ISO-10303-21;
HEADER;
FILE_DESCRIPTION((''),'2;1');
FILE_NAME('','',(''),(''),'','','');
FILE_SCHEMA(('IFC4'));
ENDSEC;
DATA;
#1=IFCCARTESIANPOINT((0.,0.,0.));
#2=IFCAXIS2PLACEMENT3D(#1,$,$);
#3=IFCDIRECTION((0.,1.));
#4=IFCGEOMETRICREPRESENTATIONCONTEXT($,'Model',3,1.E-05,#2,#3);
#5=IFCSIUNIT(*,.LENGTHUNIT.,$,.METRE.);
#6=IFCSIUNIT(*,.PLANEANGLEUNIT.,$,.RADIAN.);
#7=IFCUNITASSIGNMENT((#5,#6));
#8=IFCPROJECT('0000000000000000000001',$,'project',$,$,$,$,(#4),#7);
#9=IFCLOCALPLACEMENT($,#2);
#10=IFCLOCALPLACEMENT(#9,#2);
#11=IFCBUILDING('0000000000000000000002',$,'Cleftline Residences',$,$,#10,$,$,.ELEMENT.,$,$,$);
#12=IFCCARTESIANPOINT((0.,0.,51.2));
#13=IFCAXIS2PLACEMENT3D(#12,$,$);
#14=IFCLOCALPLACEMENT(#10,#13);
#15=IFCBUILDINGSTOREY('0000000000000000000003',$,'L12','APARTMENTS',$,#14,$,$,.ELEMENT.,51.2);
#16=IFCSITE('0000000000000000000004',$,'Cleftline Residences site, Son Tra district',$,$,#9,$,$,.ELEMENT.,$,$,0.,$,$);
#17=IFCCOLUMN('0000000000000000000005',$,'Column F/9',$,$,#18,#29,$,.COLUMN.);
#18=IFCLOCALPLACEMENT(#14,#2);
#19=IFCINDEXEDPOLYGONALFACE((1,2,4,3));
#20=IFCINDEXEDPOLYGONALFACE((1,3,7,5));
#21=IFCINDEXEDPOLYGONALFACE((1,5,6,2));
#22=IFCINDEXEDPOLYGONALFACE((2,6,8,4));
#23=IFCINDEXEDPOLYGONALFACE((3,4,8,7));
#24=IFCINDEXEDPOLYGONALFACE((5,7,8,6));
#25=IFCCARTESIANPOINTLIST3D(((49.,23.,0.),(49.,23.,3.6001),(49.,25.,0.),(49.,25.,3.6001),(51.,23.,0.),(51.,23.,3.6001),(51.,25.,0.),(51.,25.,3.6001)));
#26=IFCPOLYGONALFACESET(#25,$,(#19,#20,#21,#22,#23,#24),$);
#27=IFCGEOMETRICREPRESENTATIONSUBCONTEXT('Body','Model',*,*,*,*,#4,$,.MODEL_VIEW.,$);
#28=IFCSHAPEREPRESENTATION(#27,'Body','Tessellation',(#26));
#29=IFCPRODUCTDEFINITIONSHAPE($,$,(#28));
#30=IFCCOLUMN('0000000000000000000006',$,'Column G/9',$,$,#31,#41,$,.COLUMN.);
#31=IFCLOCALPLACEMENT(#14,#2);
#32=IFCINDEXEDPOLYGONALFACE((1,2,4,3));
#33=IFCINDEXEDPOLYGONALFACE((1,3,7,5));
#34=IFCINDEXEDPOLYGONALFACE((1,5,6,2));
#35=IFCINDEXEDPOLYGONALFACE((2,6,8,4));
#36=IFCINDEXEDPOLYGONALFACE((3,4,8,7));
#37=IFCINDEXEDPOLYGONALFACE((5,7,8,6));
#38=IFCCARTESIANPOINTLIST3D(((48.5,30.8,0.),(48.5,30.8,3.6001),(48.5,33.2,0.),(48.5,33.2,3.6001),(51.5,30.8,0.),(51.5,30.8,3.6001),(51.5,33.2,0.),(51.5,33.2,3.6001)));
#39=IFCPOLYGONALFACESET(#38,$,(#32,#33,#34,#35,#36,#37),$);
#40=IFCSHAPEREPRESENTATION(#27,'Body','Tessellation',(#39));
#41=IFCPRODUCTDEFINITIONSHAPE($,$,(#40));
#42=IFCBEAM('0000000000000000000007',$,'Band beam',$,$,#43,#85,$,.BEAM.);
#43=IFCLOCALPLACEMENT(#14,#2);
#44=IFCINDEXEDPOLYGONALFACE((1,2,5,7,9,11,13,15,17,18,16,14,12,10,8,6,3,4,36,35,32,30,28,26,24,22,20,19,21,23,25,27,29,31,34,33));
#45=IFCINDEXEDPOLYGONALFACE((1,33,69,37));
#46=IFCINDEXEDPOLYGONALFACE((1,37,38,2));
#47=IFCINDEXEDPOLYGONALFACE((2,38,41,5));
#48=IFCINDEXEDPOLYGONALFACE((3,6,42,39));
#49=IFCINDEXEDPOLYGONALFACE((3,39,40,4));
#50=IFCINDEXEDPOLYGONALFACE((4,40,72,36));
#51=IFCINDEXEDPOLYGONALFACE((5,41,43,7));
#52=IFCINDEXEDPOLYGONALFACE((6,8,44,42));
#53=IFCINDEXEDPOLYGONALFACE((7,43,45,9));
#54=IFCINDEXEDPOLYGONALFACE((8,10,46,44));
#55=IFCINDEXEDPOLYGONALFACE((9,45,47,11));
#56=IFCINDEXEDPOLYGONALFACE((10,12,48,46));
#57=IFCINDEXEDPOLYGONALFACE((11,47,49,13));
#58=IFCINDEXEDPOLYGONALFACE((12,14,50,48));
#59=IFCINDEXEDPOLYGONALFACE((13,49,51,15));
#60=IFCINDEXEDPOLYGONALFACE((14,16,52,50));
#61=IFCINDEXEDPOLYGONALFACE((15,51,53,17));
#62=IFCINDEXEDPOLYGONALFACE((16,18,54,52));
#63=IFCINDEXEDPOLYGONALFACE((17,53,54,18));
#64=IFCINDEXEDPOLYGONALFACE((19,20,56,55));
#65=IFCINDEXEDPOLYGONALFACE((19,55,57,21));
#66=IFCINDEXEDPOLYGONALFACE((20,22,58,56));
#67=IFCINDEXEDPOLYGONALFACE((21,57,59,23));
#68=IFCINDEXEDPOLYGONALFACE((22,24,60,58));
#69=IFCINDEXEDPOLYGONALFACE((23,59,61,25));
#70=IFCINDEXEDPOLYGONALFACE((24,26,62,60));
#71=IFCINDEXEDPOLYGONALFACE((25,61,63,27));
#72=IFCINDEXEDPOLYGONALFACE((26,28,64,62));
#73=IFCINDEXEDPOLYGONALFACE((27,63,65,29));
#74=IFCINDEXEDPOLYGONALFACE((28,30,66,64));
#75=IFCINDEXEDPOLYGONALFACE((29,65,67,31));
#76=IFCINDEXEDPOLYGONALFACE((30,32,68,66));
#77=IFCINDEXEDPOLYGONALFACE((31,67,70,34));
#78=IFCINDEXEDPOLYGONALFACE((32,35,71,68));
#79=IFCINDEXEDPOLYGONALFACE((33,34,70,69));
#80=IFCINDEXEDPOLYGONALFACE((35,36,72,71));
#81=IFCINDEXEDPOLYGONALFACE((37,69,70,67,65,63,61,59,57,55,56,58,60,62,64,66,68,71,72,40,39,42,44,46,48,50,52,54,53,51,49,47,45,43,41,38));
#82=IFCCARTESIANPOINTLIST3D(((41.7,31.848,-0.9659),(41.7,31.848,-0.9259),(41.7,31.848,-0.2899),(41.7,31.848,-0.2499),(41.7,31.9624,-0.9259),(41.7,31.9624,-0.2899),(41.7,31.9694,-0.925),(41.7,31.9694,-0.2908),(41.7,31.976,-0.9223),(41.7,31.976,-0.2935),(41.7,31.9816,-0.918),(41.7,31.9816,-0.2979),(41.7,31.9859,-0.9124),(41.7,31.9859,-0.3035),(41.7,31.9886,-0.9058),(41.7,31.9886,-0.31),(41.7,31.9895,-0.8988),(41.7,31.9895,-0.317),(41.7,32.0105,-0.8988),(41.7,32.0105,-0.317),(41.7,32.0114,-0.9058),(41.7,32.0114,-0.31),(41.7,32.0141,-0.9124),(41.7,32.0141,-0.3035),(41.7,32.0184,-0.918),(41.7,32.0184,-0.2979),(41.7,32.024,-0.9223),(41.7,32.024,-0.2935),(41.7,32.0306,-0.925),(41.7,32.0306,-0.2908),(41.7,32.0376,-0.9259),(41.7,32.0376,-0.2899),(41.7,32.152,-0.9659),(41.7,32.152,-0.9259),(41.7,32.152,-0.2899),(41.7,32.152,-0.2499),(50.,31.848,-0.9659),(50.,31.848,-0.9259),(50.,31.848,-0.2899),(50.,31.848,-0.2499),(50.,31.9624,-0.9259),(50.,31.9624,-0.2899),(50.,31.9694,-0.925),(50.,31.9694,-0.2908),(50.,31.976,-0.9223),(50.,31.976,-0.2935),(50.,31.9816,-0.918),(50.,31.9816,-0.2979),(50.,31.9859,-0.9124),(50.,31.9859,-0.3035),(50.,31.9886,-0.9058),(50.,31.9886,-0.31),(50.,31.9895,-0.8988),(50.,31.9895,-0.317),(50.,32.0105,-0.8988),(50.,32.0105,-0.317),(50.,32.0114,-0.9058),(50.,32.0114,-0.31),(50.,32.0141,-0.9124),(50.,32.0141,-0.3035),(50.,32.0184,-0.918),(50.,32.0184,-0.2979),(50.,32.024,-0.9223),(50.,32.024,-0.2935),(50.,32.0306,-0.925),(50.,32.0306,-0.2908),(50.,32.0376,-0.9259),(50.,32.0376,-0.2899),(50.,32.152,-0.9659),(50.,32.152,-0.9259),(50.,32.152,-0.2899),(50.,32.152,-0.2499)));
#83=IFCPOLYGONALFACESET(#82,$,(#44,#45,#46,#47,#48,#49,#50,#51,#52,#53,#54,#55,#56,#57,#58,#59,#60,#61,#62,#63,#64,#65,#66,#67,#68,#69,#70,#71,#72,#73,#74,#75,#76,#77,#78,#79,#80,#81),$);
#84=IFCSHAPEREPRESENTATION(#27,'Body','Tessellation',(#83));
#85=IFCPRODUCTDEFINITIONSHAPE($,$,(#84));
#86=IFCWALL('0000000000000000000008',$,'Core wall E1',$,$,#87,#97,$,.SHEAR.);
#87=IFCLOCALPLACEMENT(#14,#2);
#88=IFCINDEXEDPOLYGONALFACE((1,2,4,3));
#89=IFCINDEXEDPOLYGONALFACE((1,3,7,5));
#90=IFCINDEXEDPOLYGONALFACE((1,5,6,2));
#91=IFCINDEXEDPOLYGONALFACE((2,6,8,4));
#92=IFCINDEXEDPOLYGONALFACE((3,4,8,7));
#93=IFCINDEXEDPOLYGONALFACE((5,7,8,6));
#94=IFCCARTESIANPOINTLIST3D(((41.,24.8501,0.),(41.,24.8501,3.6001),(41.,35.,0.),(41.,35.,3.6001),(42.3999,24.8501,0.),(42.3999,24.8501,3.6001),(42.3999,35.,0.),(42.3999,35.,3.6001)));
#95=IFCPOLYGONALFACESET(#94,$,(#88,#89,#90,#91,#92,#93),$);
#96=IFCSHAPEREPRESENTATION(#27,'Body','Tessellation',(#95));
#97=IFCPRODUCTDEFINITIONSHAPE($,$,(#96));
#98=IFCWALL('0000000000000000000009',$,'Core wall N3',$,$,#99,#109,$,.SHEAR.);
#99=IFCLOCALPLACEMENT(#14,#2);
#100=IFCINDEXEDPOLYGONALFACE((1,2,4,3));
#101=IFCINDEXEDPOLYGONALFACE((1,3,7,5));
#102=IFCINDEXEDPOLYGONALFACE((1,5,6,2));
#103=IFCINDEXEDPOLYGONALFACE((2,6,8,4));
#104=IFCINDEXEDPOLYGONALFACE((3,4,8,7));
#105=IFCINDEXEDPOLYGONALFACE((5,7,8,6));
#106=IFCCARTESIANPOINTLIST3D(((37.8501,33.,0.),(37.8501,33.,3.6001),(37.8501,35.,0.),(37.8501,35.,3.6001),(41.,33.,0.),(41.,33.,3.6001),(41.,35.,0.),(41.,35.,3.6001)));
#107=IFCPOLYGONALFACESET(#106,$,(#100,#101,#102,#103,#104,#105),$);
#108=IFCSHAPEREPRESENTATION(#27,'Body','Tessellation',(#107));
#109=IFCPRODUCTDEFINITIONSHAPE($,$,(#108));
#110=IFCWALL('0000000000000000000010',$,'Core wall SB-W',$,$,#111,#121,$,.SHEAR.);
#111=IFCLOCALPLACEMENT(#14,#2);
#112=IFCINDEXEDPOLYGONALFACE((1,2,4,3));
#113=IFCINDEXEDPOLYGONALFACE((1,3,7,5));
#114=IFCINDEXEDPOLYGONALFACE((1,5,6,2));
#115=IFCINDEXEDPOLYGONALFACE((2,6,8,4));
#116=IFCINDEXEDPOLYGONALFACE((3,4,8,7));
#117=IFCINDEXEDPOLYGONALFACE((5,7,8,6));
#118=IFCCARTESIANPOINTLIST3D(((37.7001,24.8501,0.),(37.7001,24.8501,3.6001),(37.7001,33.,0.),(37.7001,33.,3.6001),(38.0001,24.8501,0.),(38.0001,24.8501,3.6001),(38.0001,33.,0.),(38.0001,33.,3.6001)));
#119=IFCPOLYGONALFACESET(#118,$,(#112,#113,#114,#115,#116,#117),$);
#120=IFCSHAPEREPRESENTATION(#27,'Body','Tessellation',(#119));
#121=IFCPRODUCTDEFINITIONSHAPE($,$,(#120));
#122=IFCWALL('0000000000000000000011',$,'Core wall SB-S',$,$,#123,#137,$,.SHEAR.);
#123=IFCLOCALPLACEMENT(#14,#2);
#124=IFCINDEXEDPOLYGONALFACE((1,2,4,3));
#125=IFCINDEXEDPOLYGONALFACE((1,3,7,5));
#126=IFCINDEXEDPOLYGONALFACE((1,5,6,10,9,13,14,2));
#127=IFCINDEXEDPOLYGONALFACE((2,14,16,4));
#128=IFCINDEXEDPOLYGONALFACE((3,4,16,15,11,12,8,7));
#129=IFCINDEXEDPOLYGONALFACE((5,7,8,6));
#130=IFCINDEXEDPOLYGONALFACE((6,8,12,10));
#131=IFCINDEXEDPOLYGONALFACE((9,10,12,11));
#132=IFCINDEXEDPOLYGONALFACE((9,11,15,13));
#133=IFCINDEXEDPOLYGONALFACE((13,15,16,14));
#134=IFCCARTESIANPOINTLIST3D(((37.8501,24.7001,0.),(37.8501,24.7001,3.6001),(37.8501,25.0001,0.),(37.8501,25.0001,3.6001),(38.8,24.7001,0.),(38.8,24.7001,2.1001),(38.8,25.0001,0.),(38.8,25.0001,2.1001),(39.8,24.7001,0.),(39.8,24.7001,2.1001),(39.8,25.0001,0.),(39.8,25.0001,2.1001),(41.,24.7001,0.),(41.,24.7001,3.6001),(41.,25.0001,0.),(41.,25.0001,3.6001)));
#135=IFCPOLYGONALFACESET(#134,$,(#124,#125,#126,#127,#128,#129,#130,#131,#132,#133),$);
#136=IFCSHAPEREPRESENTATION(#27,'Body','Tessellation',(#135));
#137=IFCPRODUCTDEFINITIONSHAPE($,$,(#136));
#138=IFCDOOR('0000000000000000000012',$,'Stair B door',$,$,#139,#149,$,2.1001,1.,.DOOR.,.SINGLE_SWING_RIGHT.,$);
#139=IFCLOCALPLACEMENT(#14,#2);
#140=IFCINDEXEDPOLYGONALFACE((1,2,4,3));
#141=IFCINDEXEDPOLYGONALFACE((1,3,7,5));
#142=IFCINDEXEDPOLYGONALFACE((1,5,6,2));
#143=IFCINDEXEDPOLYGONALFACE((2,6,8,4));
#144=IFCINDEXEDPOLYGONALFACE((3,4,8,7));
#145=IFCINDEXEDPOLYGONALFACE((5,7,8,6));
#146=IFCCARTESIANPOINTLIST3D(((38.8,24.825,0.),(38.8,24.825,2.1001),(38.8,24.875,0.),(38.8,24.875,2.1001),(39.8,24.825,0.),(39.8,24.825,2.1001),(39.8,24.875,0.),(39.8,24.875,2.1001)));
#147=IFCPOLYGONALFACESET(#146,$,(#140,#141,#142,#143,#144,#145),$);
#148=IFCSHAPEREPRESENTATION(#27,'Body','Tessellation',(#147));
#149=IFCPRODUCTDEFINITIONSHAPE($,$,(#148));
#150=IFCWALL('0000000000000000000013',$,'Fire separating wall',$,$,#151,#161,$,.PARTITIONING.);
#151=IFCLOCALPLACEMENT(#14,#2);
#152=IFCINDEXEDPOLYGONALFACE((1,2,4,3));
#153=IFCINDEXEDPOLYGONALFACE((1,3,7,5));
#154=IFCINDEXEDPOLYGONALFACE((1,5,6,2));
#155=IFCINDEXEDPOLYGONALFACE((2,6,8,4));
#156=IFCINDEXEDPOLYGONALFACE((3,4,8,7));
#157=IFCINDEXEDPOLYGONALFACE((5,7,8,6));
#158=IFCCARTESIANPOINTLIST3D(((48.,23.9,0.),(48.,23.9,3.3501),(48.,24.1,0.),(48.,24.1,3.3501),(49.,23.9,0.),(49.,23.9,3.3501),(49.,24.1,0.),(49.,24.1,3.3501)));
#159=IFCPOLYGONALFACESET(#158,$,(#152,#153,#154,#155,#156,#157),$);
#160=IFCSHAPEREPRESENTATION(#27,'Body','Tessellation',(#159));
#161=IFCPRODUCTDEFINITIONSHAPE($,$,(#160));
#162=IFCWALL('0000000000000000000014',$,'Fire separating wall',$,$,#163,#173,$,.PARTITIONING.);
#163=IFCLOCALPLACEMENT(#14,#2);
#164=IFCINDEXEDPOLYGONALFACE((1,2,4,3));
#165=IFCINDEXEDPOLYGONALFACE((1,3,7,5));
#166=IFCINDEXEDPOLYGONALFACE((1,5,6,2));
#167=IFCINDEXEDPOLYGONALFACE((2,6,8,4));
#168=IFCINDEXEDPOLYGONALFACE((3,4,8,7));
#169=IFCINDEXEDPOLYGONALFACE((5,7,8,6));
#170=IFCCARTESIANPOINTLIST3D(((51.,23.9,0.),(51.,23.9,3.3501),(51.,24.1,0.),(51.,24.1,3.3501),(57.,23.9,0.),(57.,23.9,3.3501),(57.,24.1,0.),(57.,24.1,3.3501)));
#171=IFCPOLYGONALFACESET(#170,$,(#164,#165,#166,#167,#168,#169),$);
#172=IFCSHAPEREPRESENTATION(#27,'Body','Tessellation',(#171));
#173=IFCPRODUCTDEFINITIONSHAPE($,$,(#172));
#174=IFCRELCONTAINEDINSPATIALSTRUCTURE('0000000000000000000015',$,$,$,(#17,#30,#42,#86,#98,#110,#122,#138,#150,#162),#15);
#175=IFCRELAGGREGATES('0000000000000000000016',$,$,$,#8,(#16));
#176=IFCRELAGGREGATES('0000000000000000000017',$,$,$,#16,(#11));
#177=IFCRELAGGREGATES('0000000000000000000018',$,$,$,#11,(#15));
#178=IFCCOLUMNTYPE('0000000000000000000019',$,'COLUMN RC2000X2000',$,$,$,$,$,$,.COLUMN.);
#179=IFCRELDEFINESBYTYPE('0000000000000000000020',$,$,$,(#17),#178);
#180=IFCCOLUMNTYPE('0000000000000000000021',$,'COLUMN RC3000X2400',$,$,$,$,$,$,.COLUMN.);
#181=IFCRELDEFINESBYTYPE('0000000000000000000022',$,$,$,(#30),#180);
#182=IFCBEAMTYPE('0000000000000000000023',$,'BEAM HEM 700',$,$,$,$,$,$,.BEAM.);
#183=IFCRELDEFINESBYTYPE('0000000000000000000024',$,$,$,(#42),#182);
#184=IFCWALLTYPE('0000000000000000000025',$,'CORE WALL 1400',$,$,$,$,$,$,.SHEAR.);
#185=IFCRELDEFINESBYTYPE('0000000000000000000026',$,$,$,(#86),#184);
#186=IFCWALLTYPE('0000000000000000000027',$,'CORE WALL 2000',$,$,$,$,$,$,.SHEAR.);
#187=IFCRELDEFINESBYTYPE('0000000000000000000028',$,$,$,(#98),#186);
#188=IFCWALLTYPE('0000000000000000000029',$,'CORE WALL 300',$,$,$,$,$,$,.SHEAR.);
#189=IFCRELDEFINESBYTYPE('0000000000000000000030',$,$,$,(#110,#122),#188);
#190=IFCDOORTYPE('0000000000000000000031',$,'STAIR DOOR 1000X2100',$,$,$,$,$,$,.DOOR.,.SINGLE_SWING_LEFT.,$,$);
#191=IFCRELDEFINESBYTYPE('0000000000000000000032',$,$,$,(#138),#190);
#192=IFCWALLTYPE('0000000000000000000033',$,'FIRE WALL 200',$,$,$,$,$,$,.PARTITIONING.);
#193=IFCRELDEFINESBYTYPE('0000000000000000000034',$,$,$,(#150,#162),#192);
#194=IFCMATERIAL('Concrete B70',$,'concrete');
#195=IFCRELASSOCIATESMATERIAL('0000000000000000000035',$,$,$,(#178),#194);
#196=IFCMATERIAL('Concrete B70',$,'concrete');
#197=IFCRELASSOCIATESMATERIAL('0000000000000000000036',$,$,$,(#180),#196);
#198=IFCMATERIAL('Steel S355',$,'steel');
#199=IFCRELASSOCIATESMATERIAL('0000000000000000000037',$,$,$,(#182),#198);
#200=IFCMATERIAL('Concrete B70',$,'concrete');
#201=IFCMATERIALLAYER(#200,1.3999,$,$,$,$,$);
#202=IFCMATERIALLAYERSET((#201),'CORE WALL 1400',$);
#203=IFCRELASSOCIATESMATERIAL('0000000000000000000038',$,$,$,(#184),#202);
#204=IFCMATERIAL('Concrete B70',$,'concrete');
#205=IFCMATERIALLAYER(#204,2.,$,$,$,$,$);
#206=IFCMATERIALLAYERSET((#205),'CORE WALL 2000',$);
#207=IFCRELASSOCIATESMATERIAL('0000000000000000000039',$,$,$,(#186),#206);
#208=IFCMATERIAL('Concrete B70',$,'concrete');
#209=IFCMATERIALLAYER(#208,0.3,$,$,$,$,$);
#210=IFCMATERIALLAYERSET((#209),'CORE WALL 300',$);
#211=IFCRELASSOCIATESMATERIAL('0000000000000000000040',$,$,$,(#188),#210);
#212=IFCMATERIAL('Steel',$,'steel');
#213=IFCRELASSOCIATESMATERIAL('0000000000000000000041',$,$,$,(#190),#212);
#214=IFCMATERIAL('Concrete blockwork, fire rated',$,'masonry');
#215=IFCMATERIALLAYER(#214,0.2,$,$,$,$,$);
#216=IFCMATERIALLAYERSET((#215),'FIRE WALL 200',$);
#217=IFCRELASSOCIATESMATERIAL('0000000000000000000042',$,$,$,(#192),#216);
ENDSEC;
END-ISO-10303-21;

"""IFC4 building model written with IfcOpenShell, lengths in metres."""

from ifc_helpers import new_model, si_unit, direction, frame, frame_2d, origin, origin_2d, place, context, subcontext, project, spatial, rectangle, i_section, extrude, material, layer, layer_set, material_profile, profile_set, type_object, element, fill, save


model = new_model("IFC4")

# Units and contexts
model_context = context("Model", 3, precision=1e-05, world=origin(), true_north=direction((0.0, 1.0)))
body_context = subcontext(model_context, "Body", "Model", "MODEL_VIEW")
ifc_project = project(units=[si_unit("LENGTHUNIT", "METRE"), si_unit("PLANEANGLEUNIT", "RADIAN")], contexts=[model_context])

# Site, building, storey
site_placement = place(None, origin())
site = spatial("IfcSite", under=ifc_project, at=site_placement, Name="Cleftline Residences site, Son Tra district", CompositionType="ELEMENT", RefElevation=0.0)
building_placement = place(site_placement, origin())
building = spatial("IfcBuilding", under=site, at=building_placement, Name="Cleftline Residences", CompositionType="ELEMENT")
storey_placement = place(building_placement, frame((0.0, 0.0, 51.2)))
storey = spatial("IfcBuildingStorey", under=building, at=storey_placement, Name="L12", Description="APARTMENTS", CompositionType="ELEMENT", Elevation=51.2)

# Columns
ifc_material_1 = material(Name="Concrete B70", Category="concrete")
ifc_material_profile_1 = material_profile(ifc_material_1, rectangle(XDim=2.0, YDim=2.0, at=origin_2d()))
ifc_profile_set_1 = profile_set([ifc_material_profile_1], Name="Concrete B70")
column_type_1 = type_object("IfcColumnType", Name="COLUMN RC2000X2000", PredefinedType="COLUMN", material=ifc_profile_set_1)
column_1_placement = place(storey_placement, frame((50.0, 24.0, 0.0), z_axis=(0.0, 0.0, 1.0), x_axis=(1.0, 0.0, 0.0)))
element("IfcColumn", 1, at=column_1_placement, inside=storey, type_object=column_type_1, Name="Column F/9", PredefinedType="COLUMN", context=body_context, shape_type="SweptSolid", body=[
    extrude(rectangle(XDim=2.0, YDim=2.0, at=origin_2d()), origin(), (0.0, 0.0, 1.0), 3.6001),
])
ifc_material_2 = material(Name="Concrete B70", Category="concrete")
ifc_material_profile_2 = material_profile(ifc_material_2, rectangle(XDim=3.0, YDim=2.3999, at=origin_2d()))
ifc_profile_set_2 = profile_set([ifc_material_profile_2], Name="Concrete B70")
column_type_2 = type_object("IfcColumnType", Name="COLUMN RC3000X2400", PredefinedType="COLUMN", material=ifc_profile_set_2)
column_2_placement = place(storey_placement, frame((50.0, 32.0, 0.0), z_axis=(0.0, 0.0, 1.0), x_axis=(1.0, 0.0, 0.0)))
element("IfcColumn", 2, at=column_2_placement, inside=storey, type_object=column_type_2, Name="Column G/9", PredefinedType="COLUMN", context=body_context, shape_type="SweptSolid", body=[
    extrude(rectangle(XDim=3.0, YDim=2.3999, at=origin_2d()), origin(), (0.0, 0.0, 1.0), 3.6001),
])

# Beam
ifc_material_3 = material(Name="Steel S355", Category="steel")
ifc_material_profile_3 = material_profile(ifc_material_3, i_section(OverallWidth=0.304, OverallDepth=0.7161, WebThickness=0.021, FlangeThickness=0.04, FilletRadius=0.0271, at=origin_2d()))
ifc_profile_set_3 = profile_set([ifc_material_profile_3], Name="Steel S355")
beam_type = type_object("IfcBeamType", Name="BEAM HEM 700", PredefinedType="BEAM", material=ifc_profile_set_3)
beam_placement = place(storey_placement, frame((50.0, 32.0, -0.6079), z_axis=(-1.0, 0.0, 0.0), x_axis=(0.0, -1.0, 0.0)))
element("IfcBeam", 3, at=beam_placement, inside=storey, type_object=beam_type, Name="Band beam", PredefinedType="BEAM", context=body_context, shape_type="SweptSolid", body=[
    extrude(i_section(OverallWidth=0.304, OverallDepth=0.7161, WebThickness=0.021, FlangeThickness=0.04, FilletRadius=0.0271, at=origin_2d()), origin(), (0.0, 0.0, 1.0), 8.3),
])

# Walls
ifc_material_4 = material(Name="Concrete B70", Category="concrete")
ifc_layer_1 = layer(ifc_material_4, 1.3999)
ifc_layer_set_1 = layer_set([ifc_layer_1], Name="CORE WALL 1400")
wall_type_1 = type_object("IfcWallType", Name="CORE WALL 1400", PredefinedType="SHEAR", material=ifc_layer_set_1)
wall_1_placement = place(storey_placement, frame((41.7, 24.8501, 0.0), z_axis=(0.0, 0.0, 1.0), x_axis=(0.0, 1.0, 0.0)))
element("IfcWall", 4, at=wall_1_placement, inside=storey, type_object=wall_type_1, Name="Core wall E1", PredefinedType="SHEAR", context=body_context, shape_type="SweptSolid", body=[
    extrude(rectangle(XDim=10.1499, YDim=1.3999, at=frame_2d((5.075, 0.0))), origin(), (0.0, 0.0, 1.0), 3.6001),
])
ifc_material_5 = material(Name="Concrete B70", Category="concrete")
ifc_layer_2 = layer(ifc_material_5, 2.0)
ifc_layer_set_2 = layer_set([ifc_layer_2], Name="CORE WALL 2000")
wall_type_2 = type_object("IfcWallType", Name="CORE WALL 2000", PredefinedType="SHEAR", material=ifc_layer_set_2)
wall_2_placement = place(storey_placement, frame((37.8501, 34.0, 0.0), z_axis=(0.0, 0.0, 1.0), x_axis=(1.0, 0.0, 0.0)))
element("IfcWall", 5, at=wall_2_placement, inside=storey, type_object=wall_type_2, Name="Core wall N3", PredefinedType="SHEAR", context=body_context, shape_type="SweptSolid", body=[
    extrude(rectangle(XDim=3.1499, YDim=2.0, at=frame_2d((1.575, 0.0))), origin(), (0.0, 0.0, 1.0), 3.6001),
])
ifc_material_6 = material(Name="Concrete B70", Category="concrete")
ifc_layer_3 = layer(ifc_material_6, 0.3)
ifc_layer_set_3 = layer_set([ifc_layer_3], Name="CORE WALL 300")
wall_type_3 = type_object("IfcWallType", Name="CORE WALL 300", PredefinedType="SHEAR", material=ifc_layer_set_3)
wall_3_placement = place(storey_placement, frame((37.8501, 24.8501, 0.0), z_axis=(0.0, 0.0, 1.0), x_axis=(0.0, 1.0, 0.0)))
element("IfcWall", 6, at=wall_3_placement, inside=storey, type_object=wall_type_3, Name="Core wall SB-W", PredefinedType="SHEAR", context=body_context, shape_type="SweptSolid", body=[
    extrude(rectangle(XDim=8.1499, YDim=0.3, at=frame_2d((4.075, 0.0))), origin(), (0.0, 0.0, 1.0), 3.6001),
])

# Wall, opening, door
wall_4_placement = place(storey_placement, frame((37.8501, 24.8501, 0.0), z_axis=(0.0, 0.0, 1.0), x_axis=(1.0, 0.0, 0.0)))
wall_4 = element("IfcWall", 7, at=wall_4_placement, inside=storey, type_object=wall_type_3, Name="Core wall SB-S", PredefinedType="SHEAR", context=body_context, shape_type="SweptSolid", body=[
    extrude(rectangle(XDim=3.1499, YDim=0.3, at=frame_2d((1.575, 0.0))), origin(), (0.0, 0.0, 1.0), 3.6001),
])
opening_1_placement = place(wall_4_placement, frame((0.95, 0.0, 0.0)))
opening_1 = element("IfcOpeningElement", 8, at=opening_1_placement, cuts=wall_4, PredefinedType="OPENING", context=body_context, shape_type="SweptSolid", body=[
    extrude(rectangle(XDim=1.0, YDim=2.1001, at=frame_2d((0.5, 1.05))), frame((0.0, 0.1599, 0.0), z_axis=(0.0, -1.0, 0.0), x_axis=(1.0, 0.0, 0.0)), (0.0, 0.0, 1.0), 0.3201),
])
ifc_material_7 = material(Name="Steel", Category="steel")
door_type_1 = type_object("IfcDoorType", Name="STAIR DOOR 1000X2100", OperationType="SINGLE_SWING_LEFT", PredefinedType="DOOR", material=ifc_material_7)
door_1_placement = place(opening_1_placement, origin())
door_1 = element("IfcDoor", 9, at=door_1_placement, inside=storey, type_object=door_type_1, Name="Stair B door", OperationType="SINGLE_SWING_RIGHT", OverallHeight=2.1001, OverallWidth=1.0, PredefinedType="DOOR", context=body_context, shape_type="SweptSolid", body=[
    extrude(rectangle(XDim=1.0, YDim=2.1001, at=frame_2d((0.5, 1.05))), frame((0.0, 0.0249, 0.0), z_axis=(0.0, -1.0, 0.0), x_axis=(1.0, 0.0, 0.0)), (0.0, 0.0, 1.0), 0.05),
])
fill(opening_1, door_1)

# Walls
ifc_material_8 = material(Name="Concrete blockwork, fire rated", Category="masonry")
ifc_layer_4 = layer(ifc_material_8, 0.2)
ifc_layer_set_4 = layer_set([ifc_layer_4], Name="FIRE WALL 200")
wall_type_4 = type_object("IfcWallType", Name="FIRE WALL 200", PredefinedType="PARTITIONING", material=ifc_layer_set_4)
wall_5_placement = place(storey_placement, frame((48.0, 24.0, 0.0), z_axis=(0.0, 0.0, 1.0), x_axis=(1.0, 0.0, 0.0)))
element("IfcWall", 10, at=wall_5_placement, inside=storey, type_object=wall_type_4, Name="Fire separating wall", PredefinedType="PARTITIONING", context=body_context, shape_type="SweptSolid", body=[
    extrude(rectangle(XDim=1.0, YDim=0.2, at=frame_2d((0.5, 0.0))), origin(), (0.0, 0.0, 1.0), 3.3501),
])
wall_6_placement = place(storey_placement, frame((51.0, 24.0, 0.0), z_axis=(0.0, 0.0, 1.0), x_axis=(1.0, 0.0, 0.0)))
element("IfcWall", 11, at=wall_6_placement, inside=storey, type_object=wall_type_4, Name="Fire separating wall", PredefinedType="PARTITIONING", context=body_context, shape_type="SweptSolid", body=[
    extrude(rectangle(XDim=6.0, YDim=0.2, at=frame_2d((3.0, 0.0))), origin(), (0.0, 0.0, 1.0), 3.3501),
])

save(model, "model.ifc")
